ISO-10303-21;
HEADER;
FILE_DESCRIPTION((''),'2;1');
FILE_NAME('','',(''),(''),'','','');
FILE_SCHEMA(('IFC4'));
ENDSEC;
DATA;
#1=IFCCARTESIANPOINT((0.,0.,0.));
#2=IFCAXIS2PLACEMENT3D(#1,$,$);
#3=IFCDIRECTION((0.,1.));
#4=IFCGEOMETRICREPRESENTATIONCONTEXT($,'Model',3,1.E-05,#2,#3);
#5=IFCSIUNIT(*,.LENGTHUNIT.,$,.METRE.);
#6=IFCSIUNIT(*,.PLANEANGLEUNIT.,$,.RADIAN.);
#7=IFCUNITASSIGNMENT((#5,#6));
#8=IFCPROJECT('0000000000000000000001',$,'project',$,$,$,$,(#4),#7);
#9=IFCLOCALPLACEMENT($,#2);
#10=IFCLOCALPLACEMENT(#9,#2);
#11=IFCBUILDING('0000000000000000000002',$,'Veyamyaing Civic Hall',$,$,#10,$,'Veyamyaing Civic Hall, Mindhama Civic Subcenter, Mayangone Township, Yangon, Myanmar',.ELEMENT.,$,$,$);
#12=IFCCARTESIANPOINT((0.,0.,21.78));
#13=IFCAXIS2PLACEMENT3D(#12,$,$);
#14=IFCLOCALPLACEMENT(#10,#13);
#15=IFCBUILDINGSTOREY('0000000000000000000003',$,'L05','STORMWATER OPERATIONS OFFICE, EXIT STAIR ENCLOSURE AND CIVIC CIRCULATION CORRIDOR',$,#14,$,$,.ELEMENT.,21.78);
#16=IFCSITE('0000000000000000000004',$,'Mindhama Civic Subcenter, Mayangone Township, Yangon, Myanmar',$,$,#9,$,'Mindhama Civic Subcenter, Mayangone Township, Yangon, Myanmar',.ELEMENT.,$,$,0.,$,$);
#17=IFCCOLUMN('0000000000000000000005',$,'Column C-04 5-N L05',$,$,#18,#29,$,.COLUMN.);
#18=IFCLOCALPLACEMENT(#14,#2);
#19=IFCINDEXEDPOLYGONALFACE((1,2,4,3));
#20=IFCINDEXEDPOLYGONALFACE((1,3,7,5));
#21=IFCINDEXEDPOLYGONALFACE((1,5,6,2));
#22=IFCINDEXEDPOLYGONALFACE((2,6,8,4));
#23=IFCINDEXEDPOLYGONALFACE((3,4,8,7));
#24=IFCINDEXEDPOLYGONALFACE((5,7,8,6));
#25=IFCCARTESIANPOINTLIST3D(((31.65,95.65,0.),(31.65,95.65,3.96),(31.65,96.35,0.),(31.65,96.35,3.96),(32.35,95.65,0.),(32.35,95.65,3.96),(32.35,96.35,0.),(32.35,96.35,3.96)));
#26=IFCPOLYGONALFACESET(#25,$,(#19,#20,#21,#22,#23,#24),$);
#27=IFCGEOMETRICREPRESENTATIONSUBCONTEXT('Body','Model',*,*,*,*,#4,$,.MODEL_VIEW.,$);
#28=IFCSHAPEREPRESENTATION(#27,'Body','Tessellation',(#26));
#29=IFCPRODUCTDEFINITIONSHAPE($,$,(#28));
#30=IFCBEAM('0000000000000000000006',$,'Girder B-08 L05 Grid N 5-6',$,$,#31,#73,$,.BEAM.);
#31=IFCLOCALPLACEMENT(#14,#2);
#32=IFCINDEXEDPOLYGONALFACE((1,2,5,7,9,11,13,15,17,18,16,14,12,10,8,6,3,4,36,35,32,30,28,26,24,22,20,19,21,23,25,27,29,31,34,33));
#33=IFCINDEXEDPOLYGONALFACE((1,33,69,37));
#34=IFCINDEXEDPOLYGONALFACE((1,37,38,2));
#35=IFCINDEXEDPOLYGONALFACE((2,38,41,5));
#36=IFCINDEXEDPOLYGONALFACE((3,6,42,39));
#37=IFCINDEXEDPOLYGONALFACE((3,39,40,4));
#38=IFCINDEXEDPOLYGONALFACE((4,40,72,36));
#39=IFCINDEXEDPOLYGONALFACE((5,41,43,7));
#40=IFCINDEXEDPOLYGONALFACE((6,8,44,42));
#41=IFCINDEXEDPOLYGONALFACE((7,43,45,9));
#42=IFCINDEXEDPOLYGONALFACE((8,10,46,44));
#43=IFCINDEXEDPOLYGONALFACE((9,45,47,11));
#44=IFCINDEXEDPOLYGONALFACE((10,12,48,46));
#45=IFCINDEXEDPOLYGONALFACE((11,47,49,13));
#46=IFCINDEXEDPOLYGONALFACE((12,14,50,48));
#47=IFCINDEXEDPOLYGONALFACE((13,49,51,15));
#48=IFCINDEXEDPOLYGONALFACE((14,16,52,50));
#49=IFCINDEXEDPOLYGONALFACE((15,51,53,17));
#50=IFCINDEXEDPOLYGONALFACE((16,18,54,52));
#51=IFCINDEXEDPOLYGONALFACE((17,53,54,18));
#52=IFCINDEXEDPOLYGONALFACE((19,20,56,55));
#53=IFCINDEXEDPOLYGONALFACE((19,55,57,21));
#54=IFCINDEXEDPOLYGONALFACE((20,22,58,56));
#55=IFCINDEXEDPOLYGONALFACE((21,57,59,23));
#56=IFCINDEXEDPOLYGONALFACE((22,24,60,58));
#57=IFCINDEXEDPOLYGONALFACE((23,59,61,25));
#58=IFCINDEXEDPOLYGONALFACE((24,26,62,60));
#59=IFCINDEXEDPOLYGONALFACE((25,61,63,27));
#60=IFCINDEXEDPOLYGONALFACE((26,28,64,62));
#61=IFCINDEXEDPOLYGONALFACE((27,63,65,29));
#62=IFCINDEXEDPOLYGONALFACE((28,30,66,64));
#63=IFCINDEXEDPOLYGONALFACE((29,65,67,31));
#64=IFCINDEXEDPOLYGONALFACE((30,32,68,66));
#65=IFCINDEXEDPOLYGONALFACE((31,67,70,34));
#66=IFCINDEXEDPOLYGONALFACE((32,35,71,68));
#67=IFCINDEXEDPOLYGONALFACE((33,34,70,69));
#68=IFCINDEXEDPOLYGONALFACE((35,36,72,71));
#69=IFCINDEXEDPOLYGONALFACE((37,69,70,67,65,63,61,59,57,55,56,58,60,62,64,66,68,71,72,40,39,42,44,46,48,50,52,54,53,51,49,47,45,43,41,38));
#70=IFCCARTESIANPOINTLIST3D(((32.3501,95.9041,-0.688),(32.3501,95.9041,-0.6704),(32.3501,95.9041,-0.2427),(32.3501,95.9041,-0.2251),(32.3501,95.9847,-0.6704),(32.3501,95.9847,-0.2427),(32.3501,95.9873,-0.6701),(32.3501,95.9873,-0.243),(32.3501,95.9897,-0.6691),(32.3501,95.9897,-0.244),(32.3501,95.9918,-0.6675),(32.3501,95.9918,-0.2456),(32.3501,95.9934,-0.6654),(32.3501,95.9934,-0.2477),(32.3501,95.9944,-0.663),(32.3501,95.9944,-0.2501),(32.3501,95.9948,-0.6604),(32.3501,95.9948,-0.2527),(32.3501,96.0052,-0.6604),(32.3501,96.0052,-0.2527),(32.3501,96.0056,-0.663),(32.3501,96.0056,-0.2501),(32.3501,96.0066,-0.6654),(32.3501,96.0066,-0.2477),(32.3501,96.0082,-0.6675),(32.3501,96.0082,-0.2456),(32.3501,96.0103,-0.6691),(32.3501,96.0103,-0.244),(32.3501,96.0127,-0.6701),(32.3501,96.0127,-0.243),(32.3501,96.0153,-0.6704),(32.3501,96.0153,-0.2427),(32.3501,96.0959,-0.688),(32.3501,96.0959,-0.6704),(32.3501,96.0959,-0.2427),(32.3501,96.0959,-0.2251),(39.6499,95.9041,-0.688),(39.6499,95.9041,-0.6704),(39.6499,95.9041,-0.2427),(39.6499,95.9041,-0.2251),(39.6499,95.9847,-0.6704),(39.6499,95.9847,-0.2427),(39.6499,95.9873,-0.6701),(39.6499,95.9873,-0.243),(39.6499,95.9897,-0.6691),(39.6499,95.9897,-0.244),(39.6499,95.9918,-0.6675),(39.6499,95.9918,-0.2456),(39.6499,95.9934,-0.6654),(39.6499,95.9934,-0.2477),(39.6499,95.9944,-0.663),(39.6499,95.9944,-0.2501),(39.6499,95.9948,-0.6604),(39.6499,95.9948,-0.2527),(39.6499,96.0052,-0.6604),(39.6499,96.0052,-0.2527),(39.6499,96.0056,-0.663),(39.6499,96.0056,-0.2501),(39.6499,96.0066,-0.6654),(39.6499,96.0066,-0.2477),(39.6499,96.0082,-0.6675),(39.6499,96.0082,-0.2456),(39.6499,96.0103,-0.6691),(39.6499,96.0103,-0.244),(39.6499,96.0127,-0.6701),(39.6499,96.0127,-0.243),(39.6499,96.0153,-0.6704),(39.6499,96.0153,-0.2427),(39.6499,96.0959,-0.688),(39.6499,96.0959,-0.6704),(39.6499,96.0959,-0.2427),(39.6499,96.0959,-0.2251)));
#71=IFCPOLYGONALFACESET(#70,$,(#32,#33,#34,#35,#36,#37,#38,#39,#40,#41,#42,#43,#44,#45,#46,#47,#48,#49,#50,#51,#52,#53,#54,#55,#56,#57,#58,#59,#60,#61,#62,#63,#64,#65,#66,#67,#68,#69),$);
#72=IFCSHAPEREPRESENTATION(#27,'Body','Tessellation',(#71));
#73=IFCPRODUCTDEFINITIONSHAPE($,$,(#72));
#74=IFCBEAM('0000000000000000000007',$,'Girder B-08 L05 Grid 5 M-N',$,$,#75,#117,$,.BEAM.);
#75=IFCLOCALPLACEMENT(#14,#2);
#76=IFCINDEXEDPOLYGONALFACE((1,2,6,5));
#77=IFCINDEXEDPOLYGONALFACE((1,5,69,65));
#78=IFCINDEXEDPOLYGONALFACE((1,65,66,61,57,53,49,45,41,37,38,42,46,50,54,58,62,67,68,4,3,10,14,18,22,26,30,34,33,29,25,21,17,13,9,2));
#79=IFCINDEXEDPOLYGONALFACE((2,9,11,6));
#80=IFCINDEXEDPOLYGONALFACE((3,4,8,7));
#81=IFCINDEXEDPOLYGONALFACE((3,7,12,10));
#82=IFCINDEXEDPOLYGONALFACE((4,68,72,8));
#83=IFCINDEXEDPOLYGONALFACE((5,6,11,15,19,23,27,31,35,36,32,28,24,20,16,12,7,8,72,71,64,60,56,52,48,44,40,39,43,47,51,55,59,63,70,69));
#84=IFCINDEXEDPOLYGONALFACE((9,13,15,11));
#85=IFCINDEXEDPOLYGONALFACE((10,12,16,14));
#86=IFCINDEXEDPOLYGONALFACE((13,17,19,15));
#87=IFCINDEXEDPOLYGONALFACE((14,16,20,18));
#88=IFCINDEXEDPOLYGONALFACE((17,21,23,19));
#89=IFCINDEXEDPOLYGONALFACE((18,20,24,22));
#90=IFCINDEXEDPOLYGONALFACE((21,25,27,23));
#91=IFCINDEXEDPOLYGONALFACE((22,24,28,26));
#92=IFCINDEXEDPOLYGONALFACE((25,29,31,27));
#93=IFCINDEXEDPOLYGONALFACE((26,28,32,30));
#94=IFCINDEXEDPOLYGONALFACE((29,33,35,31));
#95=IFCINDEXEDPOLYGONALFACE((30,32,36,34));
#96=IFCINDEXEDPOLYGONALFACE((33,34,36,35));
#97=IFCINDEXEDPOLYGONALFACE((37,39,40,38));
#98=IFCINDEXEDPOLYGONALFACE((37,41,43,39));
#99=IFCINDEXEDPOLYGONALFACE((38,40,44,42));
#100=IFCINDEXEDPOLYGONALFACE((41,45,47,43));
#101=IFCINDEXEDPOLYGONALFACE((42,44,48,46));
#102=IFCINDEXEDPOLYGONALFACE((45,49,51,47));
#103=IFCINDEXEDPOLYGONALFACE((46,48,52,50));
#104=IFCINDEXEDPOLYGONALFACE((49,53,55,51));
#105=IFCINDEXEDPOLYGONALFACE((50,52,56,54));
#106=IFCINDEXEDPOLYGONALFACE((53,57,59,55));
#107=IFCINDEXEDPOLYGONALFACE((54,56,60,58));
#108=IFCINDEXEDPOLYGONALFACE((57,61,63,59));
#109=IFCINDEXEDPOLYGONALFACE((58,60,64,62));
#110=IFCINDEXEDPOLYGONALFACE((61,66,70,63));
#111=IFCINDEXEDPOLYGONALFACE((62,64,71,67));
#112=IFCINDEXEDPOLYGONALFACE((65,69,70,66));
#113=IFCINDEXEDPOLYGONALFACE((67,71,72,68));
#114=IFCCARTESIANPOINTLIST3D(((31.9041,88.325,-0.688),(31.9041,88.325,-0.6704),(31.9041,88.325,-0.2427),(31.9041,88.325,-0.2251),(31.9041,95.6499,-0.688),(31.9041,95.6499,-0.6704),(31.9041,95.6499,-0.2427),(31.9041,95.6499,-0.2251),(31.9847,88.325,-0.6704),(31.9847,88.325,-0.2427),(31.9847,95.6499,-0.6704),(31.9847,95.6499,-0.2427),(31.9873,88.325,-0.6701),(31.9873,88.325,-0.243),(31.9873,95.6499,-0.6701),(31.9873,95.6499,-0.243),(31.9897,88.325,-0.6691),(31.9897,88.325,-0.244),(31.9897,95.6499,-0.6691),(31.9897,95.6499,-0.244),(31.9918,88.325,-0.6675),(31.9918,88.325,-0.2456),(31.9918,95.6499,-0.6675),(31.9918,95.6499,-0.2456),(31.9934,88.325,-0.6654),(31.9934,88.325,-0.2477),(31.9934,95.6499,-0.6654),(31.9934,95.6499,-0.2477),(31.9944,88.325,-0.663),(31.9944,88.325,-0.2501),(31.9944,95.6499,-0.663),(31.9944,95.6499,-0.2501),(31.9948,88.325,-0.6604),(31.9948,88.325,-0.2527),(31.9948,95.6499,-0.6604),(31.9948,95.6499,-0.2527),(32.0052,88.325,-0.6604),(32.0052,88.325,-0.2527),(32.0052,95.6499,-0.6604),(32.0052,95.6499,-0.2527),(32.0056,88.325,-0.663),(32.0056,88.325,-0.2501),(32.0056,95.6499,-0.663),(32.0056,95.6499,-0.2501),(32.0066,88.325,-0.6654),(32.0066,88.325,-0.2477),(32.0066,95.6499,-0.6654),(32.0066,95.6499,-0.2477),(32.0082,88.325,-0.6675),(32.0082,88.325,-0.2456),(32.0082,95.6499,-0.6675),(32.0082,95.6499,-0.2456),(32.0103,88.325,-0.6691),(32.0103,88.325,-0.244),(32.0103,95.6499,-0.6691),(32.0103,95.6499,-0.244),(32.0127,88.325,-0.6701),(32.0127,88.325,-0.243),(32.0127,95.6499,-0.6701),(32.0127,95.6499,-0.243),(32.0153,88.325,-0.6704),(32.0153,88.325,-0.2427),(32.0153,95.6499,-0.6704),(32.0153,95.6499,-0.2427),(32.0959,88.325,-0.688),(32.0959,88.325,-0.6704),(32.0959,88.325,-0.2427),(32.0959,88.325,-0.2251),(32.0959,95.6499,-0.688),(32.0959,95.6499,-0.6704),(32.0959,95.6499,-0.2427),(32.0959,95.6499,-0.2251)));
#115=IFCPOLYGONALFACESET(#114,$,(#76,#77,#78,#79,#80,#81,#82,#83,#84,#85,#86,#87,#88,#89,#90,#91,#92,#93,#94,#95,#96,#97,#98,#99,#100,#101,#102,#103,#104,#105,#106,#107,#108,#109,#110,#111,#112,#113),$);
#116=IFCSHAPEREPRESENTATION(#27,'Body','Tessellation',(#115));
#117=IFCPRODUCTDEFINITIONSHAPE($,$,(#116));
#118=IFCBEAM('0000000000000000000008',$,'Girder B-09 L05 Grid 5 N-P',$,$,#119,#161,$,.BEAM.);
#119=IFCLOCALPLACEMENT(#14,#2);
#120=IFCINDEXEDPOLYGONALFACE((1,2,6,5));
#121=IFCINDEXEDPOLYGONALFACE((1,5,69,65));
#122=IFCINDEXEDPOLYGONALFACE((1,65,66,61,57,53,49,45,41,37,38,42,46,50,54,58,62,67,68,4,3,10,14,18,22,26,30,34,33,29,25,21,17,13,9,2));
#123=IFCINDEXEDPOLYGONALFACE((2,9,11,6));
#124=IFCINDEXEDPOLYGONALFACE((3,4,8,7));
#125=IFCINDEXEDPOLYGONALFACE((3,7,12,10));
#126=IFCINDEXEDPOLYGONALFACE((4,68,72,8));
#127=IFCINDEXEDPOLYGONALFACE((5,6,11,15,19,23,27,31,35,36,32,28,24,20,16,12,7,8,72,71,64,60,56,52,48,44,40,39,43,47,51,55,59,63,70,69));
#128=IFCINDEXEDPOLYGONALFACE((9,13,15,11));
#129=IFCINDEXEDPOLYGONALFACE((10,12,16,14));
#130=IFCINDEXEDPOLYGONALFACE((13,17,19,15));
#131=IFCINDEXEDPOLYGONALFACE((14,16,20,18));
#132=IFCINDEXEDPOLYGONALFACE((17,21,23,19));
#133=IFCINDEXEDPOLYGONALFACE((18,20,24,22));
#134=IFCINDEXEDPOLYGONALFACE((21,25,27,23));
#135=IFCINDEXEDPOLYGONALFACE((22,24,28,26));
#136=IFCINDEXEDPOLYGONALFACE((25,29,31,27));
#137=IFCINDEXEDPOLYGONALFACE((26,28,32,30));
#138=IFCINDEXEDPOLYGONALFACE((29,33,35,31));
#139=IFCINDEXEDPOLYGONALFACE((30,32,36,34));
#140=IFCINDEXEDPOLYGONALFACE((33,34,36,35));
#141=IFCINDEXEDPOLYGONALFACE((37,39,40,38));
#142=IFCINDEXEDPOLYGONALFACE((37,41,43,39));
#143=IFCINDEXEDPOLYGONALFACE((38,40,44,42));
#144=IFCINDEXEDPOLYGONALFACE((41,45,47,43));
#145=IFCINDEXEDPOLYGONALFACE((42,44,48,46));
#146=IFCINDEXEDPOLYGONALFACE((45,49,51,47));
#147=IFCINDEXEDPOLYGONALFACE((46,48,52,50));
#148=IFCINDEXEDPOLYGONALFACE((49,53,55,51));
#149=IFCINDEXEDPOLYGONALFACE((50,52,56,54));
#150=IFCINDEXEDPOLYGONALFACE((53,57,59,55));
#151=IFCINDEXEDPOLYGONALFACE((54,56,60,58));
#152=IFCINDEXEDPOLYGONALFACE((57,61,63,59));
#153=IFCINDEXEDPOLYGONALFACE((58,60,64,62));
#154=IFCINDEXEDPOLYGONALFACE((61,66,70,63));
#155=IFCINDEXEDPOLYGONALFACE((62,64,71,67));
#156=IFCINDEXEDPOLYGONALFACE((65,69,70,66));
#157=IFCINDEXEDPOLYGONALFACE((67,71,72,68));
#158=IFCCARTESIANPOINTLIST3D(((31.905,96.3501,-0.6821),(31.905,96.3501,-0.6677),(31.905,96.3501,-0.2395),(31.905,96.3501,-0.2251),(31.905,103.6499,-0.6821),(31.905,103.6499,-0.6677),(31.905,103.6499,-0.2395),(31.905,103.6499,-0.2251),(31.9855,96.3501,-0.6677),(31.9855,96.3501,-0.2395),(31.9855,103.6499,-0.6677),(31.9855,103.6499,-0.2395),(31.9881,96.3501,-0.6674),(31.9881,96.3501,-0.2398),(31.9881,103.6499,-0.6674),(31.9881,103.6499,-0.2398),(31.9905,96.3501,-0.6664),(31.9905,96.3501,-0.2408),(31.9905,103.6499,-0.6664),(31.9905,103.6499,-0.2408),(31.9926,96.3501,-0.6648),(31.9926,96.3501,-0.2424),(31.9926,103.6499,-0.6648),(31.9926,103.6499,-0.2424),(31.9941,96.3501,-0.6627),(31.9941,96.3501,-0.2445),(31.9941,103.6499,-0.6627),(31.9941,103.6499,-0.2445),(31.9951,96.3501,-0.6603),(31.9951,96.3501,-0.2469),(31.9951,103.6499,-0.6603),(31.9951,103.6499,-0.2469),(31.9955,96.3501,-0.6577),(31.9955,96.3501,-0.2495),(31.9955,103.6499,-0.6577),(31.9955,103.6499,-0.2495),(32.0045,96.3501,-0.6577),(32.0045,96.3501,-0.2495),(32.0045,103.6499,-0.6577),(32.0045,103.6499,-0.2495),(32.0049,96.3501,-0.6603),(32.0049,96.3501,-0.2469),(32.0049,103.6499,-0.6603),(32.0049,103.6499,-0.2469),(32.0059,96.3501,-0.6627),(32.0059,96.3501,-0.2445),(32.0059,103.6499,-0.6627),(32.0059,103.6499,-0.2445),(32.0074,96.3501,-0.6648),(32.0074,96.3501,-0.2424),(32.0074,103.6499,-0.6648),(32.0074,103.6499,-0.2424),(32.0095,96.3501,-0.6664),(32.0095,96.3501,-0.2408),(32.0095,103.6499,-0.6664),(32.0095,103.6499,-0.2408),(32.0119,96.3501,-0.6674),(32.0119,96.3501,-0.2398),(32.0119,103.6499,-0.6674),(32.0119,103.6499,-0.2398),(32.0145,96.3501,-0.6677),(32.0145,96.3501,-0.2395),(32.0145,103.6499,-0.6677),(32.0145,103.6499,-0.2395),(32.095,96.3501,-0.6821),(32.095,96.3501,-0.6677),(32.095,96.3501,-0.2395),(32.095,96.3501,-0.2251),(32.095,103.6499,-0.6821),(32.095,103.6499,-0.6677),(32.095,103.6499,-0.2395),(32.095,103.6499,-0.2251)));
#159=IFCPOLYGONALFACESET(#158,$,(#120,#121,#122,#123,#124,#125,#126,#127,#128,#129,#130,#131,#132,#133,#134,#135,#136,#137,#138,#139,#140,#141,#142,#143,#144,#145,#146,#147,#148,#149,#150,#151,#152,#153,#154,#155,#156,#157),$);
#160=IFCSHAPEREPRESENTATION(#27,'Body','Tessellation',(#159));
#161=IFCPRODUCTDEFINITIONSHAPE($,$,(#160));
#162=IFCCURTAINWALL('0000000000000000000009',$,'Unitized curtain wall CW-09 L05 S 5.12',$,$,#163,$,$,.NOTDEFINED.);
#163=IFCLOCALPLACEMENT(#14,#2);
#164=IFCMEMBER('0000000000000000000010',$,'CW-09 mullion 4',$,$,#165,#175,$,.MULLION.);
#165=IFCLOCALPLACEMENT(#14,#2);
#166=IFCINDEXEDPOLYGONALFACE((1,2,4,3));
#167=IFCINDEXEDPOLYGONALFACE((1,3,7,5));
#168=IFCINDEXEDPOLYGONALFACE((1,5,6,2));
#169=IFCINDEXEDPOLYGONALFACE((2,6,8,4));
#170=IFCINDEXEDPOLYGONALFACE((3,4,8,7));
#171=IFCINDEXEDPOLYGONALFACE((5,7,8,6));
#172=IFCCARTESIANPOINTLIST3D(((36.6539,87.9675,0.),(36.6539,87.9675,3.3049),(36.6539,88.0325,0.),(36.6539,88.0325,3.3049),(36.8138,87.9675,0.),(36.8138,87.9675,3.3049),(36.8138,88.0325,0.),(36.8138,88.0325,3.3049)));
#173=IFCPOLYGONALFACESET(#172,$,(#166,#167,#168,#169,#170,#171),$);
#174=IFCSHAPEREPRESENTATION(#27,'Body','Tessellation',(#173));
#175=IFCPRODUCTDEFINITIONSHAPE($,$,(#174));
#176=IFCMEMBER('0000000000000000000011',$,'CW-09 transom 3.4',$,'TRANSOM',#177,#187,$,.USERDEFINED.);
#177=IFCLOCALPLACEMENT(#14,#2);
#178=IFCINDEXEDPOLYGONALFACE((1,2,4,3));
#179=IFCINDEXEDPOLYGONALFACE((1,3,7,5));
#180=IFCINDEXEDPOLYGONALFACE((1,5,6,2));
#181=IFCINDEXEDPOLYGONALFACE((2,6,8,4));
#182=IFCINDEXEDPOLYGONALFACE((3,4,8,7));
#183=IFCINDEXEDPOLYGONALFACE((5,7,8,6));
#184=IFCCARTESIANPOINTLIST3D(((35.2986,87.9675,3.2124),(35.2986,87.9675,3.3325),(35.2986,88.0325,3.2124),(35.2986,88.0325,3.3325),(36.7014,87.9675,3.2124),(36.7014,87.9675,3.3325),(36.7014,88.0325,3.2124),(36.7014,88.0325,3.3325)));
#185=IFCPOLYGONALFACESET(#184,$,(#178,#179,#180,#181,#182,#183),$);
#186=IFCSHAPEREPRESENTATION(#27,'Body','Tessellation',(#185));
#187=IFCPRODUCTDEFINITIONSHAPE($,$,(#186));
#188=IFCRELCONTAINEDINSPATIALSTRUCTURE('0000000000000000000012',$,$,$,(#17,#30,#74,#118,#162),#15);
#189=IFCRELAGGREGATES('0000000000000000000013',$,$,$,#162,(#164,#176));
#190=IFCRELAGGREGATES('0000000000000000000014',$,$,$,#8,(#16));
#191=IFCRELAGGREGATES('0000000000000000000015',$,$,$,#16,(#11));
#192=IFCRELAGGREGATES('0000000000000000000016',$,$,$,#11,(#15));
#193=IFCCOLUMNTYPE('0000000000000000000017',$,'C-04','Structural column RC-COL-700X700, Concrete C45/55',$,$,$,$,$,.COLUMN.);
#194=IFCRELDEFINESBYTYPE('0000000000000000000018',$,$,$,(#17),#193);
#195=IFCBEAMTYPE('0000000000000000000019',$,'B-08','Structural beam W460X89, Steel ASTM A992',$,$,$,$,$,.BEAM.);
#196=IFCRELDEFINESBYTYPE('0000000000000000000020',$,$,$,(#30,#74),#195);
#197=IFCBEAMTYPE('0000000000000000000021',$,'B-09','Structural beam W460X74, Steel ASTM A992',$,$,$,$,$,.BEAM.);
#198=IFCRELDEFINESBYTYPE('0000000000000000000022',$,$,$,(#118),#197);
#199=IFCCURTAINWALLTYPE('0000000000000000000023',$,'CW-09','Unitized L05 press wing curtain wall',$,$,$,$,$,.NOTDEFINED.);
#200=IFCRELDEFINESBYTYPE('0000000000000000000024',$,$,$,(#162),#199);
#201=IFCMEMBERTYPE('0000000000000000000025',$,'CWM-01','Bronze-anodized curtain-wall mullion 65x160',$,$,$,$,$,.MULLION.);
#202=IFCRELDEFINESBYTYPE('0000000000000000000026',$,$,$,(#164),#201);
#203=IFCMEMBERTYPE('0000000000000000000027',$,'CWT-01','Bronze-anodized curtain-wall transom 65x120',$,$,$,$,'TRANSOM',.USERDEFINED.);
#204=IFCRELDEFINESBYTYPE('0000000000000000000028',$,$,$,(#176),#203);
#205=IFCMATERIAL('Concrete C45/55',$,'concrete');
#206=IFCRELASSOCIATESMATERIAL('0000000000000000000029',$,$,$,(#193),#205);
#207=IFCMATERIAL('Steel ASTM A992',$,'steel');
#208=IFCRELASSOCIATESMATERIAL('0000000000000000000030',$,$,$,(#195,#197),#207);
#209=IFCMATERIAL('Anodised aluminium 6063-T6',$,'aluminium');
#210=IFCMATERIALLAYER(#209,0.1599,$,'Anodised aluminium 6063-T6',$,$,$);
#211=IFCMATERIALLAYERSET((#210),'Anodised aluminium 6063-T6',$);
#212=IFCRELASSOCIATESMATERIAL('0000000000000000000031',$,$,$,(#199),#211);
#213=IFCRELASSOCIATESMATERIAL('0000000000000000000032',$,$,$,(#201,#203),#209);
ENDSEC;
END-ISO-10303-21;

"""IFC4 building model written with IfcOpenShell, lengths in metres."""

from ifc_helpers import new_model, si_unit, direction, frame, origin, origin_2d, place, context, subcontext, project, spatial, rectangle, i_section, extrude, material, layer, layer_set, material_profile, profile_set, type_object, element, aggregate, save


model = new_model("IFC4")

# Units and contexts
model_context = context("Model", 3, precision=1e-05, world=origin(), true_north=direction((0.0, 1.0)))
body_context = subcontext(model_context, "Body", "Model", "MODEL_VIEW")
ifc_project = project(units=[si_unit("LENGTHUNIT", "METRE"), si_unit("PLANEANGLEUNIT", "RADIAN")], contexts=[model_context])

# Site, building, storey
site_placement = place(None, origin())
site = spatial("IfcSite", under=ifc_project, at=site_placement, Name="Mindhama Civic Subcenter, Mayangone Township, Yangon, Myanmar", LongName="Mindhama Civic Subcenter, Mayangone Township, Yangon, Myanmar", CompositionType="ELEMENT", RefElevation=0.0)
building_placement = place(site_placement, origin())
building = spatial("IfcBuilding", under=site, at=building_placement, Name="Veyamyaing Civic Hall", LongName="Veyamyaing Civic Hall, Mindhama Civic Subcenter, Mayangone Township, Yangon, Myanmar", CompositionType="ELEMENT")
storey_placement = place(building_placement, frame((0.0, 0.0, 21.78)))
storey = spatial("IfcBuildingStorey", under=building, at=storey_placement, Name="L05", Description="STORMWATER OPERATIONS OFFICE, EXIT STAIR ENCLOSURE AND CIVIC CIRCULATION CORRIDOR", CompositionType="ELEMENT", Elevation=21.78)

# Column
ifc_material_1 = material(Name="Concrete C45/55", Category="concrete")
ifc_material_profile_1 = material_profile(ifc_material_1, rectangle(XDim=0.7, YDim=0.7, at=origin_2d()), Name="RC-COL-700X700")
ifc_profile_set_1 = profile_set([ifc_material_profile_1], Name="Concrete C45/55")
column_type = type_object("IfcColumnType", Name="C-04", Description="Structural column RC-COL-700X700, Concrete C45/55", PredefinedType="COLUMN", material=ifc_profile_set_1)
column_placement = place(storey_placement, frame((32.0, 96.0, 0.0), z_axis=(0.0, 0.0, 1.0), x_axis=(1.0, 0.0, 0.0)))
element("IfcColumn", 1, at=column_placement, inside=storey, type_object=column_type, Name="Column C-04 5-N L05", PredefinedType="COLUMN", context=body_context, shape_type="SweptSolid", body=[
    extrude(rectangle(XDim=0.7, YDim=0.7, at=origin_2d()), origin(), (0.0, 0.0, 1.0), 3.96),
])

# Beams
ifc_material_2 = material(Name="Steel ASTM A992", Category="steel")
ifc_material_profile_2 = material_profile(ifc_material_2, i_section(OverallWidth=0.1919, OverallDepth=0.4629, WebThickness=0.0105, FlangeThickness=0.0176, FilletRadius=0.01, at=origin_2d()), Name="W460X89")
ifc_profile_set_2 = profile_set([ifc_material_profile_2], Name="Steel ASTM A992")
beam_type_1 = type_object("IfcBeamType", Name="B-08", Description="Structural beam W460X89, Steel ASTM A992", PredefinedType="BEAM", material=ifc_profile_set_2)
beam_1_placement = place(storey_placement, frame((32.3501, 96.0, -0.4565), z_axis=(1.0, 0.0, 0.0), x_axis=(0.0, 1.0, 0.0)))
element("IfcBeam", 2, at=beam_1_placement, inside=storey, type_object=beam_type_1, Name="Girder B-08 L05 Grid N 5-6", PredefinedType="BEAM", context=body_context, shape_type="SweptSolid", body=[
    extrude(i_section(OverallWidth=0.1919, OverallDepth=0.4629, WebThickness=0.0105, FlangeThickness=0.0176, FilletRadius=0.01, at=origin_2d()), origin(), (0.0, 0.0, 1.0), 7.2998),
])
beam_2_placement = place(storey_placement, frame((32.0, 88.325, -0.4565), z_axis=(0.0, 1.0, 0.0), x_axis=(-1.0, 0.0, 0.0)))
element("IfcBeam", 3, at=beam_2_placement, inside=storey, type_object=beam_type_1, Name="Girder B-08 L05 Grid 5 M-N", PredefinedType="BEAM", context=body_context, shape_type="SweptSolid", body=[
    extrude(i_section(OverallWidth=0.1919, OverallDepth=0.4629, WebThickness=0.0105, FlangeThickness=0.0176, FilletRadius=0.01, at=origin_2d()), origin(), (0.0, 0.0, 1.0), 7.325),
])
ifc_material_profile_3 = material_profile(ifc_material_2, i_section(OverallWidth=0.1899, OverallDepth=0.457, WebThickness=0.009, FlangeThickness=0.0144, FilletRadius=0.01, at=origin_2d()), Name="W460X74")
ifc_profile_set_3 = profile_set([ifc_material_profile_3], Name="Steel ASTM A992")
beam_type_2 = type_object("IfcBeamType", Name="B-09", Description="Structural beam W460X74, Steel ASTM A992", PredefinedType="BEAM", material=ifc_profile_set_3)
beam_3_placement = place(storey_placement, frame((32.0, 96.3501, -0.4536), z_axis=(0.0, 1.0, 0.0), x_axis=(-1.0, 0.0, 0.0)))
element("IfcBeam", 4, at=beam_3_placement, inside=storey, type_object=beam_type_2, Name="Girder B-09 L05 Grid 5 N-P", PredefinedType="BEAM", context=body_context, shape_type="SweptSolid", body=[
    extrude(i_section(OverallWidth=0.1899, OverallDepth=0.457, WebThickness=0.009, FlangeThickness=0.0144, FilletRadius=0.01, at=origin_2d()), origin(), (0.0, 0.0, 1.0), 7.2998),
])

# Curtain wall, members
ifc_material_3 = material(Name="Anodised aluminium 6063-T6", Category="aluminium")
ifc_layer_1 = layer(ifc_material_3, 0.1599, Name="Anodised aluminium 6063-T6")
ifc_layer_set_1 = layer_set([ifc_layer_1], Name="Anodised aluminium 6063-T6")
curtain_wall_type = type_object("IfcCurtainWallType", Name="CW-09", Description="Unitized L05 press wing curtain wall", PredefinedType="NOTDEFINED", material=ifc_layer_set_1)
curtain_wall_placement = place(storey_placement, origin())
curtain_wall = element("IfcCurtainWall", 5, at=curtain_wall_placement, inside=storey, type_object=curtain_wall_type, Name="Unitized curtain wall CW-09 L05 S 5.12", PredefinedType="NOTDEFINED")
ifc_material_profile_4 = material_profile(ifc_material_3, rectangle(XDim=0.0649, YDim=0.1599, at=origin_2d()), Name="ALU-MUL-65X160")
ifc_profile_set_4 = profile_set([ifc_material_profile_4], Name="Anodised aluminium 6063-T6")
member_type_1 = type_object("IfcMemberType", Name="CWM-01", Description="Bronze-anodized curtain-wall mullion 65x160", PredefinedType="MULLION", material=ifc_profile_set_4)
member_1_placement = place(storey_placement, frame((36.7339, 88.0, 0.0), z_axis=(0.0, 0.0, 1.0), x_axis=(0.0, 1.0, 0.0)))
member_1 = element("IfcMember", 6, at=member_1_placement, type_object=member_type_1, Name="CW-09 mullion 4", PredefinedType="MULLION", context=body_context, shape_type="SweptSolid", body=[
    extrude(rectangle(XDim=0.0649, YDim=0.1599, at=origin_2d()), origin(), (0.0, 0.0, 1.0), 3.3049),
])
ifc_material_profile_5 = material_profile(ifc_material_3, rectangle(XDim=0.0649, YDim=0.1201, at=origin_2d()), Name="ALU-TRN-65X120")
ifc_profile_set_5 = profile_set([ifc_material_profile_5], Name="Anodised aluminium 6063-T6")
member_type_2 = type_object("IfcMemberType", Name="CWT-01", Description="Bronze-anodized curtain-wall transom 65x120", ElementType="TRANSOM", PredefinedType="USERDEFINED", material=ifc_profile_set_5)
member_2_placement = place(storey_placement, frame((35.2986, 88.0, 3.2725), z_axis=(1.0, 0.0, 0.0), x_axis=(0.0, 1.0, 0.0)))
member_2 = element("IfcMember", 7, at=member_2_placement, type_object=member_type_2, Name="CW-09 transom 3.4", ObjectType="TRANSOM", PredefinedType="USERDEFINED", context=body_context, shape_type="SweptSolid", body=[
    extrude(rectangle(XDim=0.0649, YDim=0.1201, at=origin_2d()), origin(), (0.0, 0.0, 1.0), 1.4028),
])

aggregate(curtain_wall, [member_1, member_2])

save(model, "model.ifc")
